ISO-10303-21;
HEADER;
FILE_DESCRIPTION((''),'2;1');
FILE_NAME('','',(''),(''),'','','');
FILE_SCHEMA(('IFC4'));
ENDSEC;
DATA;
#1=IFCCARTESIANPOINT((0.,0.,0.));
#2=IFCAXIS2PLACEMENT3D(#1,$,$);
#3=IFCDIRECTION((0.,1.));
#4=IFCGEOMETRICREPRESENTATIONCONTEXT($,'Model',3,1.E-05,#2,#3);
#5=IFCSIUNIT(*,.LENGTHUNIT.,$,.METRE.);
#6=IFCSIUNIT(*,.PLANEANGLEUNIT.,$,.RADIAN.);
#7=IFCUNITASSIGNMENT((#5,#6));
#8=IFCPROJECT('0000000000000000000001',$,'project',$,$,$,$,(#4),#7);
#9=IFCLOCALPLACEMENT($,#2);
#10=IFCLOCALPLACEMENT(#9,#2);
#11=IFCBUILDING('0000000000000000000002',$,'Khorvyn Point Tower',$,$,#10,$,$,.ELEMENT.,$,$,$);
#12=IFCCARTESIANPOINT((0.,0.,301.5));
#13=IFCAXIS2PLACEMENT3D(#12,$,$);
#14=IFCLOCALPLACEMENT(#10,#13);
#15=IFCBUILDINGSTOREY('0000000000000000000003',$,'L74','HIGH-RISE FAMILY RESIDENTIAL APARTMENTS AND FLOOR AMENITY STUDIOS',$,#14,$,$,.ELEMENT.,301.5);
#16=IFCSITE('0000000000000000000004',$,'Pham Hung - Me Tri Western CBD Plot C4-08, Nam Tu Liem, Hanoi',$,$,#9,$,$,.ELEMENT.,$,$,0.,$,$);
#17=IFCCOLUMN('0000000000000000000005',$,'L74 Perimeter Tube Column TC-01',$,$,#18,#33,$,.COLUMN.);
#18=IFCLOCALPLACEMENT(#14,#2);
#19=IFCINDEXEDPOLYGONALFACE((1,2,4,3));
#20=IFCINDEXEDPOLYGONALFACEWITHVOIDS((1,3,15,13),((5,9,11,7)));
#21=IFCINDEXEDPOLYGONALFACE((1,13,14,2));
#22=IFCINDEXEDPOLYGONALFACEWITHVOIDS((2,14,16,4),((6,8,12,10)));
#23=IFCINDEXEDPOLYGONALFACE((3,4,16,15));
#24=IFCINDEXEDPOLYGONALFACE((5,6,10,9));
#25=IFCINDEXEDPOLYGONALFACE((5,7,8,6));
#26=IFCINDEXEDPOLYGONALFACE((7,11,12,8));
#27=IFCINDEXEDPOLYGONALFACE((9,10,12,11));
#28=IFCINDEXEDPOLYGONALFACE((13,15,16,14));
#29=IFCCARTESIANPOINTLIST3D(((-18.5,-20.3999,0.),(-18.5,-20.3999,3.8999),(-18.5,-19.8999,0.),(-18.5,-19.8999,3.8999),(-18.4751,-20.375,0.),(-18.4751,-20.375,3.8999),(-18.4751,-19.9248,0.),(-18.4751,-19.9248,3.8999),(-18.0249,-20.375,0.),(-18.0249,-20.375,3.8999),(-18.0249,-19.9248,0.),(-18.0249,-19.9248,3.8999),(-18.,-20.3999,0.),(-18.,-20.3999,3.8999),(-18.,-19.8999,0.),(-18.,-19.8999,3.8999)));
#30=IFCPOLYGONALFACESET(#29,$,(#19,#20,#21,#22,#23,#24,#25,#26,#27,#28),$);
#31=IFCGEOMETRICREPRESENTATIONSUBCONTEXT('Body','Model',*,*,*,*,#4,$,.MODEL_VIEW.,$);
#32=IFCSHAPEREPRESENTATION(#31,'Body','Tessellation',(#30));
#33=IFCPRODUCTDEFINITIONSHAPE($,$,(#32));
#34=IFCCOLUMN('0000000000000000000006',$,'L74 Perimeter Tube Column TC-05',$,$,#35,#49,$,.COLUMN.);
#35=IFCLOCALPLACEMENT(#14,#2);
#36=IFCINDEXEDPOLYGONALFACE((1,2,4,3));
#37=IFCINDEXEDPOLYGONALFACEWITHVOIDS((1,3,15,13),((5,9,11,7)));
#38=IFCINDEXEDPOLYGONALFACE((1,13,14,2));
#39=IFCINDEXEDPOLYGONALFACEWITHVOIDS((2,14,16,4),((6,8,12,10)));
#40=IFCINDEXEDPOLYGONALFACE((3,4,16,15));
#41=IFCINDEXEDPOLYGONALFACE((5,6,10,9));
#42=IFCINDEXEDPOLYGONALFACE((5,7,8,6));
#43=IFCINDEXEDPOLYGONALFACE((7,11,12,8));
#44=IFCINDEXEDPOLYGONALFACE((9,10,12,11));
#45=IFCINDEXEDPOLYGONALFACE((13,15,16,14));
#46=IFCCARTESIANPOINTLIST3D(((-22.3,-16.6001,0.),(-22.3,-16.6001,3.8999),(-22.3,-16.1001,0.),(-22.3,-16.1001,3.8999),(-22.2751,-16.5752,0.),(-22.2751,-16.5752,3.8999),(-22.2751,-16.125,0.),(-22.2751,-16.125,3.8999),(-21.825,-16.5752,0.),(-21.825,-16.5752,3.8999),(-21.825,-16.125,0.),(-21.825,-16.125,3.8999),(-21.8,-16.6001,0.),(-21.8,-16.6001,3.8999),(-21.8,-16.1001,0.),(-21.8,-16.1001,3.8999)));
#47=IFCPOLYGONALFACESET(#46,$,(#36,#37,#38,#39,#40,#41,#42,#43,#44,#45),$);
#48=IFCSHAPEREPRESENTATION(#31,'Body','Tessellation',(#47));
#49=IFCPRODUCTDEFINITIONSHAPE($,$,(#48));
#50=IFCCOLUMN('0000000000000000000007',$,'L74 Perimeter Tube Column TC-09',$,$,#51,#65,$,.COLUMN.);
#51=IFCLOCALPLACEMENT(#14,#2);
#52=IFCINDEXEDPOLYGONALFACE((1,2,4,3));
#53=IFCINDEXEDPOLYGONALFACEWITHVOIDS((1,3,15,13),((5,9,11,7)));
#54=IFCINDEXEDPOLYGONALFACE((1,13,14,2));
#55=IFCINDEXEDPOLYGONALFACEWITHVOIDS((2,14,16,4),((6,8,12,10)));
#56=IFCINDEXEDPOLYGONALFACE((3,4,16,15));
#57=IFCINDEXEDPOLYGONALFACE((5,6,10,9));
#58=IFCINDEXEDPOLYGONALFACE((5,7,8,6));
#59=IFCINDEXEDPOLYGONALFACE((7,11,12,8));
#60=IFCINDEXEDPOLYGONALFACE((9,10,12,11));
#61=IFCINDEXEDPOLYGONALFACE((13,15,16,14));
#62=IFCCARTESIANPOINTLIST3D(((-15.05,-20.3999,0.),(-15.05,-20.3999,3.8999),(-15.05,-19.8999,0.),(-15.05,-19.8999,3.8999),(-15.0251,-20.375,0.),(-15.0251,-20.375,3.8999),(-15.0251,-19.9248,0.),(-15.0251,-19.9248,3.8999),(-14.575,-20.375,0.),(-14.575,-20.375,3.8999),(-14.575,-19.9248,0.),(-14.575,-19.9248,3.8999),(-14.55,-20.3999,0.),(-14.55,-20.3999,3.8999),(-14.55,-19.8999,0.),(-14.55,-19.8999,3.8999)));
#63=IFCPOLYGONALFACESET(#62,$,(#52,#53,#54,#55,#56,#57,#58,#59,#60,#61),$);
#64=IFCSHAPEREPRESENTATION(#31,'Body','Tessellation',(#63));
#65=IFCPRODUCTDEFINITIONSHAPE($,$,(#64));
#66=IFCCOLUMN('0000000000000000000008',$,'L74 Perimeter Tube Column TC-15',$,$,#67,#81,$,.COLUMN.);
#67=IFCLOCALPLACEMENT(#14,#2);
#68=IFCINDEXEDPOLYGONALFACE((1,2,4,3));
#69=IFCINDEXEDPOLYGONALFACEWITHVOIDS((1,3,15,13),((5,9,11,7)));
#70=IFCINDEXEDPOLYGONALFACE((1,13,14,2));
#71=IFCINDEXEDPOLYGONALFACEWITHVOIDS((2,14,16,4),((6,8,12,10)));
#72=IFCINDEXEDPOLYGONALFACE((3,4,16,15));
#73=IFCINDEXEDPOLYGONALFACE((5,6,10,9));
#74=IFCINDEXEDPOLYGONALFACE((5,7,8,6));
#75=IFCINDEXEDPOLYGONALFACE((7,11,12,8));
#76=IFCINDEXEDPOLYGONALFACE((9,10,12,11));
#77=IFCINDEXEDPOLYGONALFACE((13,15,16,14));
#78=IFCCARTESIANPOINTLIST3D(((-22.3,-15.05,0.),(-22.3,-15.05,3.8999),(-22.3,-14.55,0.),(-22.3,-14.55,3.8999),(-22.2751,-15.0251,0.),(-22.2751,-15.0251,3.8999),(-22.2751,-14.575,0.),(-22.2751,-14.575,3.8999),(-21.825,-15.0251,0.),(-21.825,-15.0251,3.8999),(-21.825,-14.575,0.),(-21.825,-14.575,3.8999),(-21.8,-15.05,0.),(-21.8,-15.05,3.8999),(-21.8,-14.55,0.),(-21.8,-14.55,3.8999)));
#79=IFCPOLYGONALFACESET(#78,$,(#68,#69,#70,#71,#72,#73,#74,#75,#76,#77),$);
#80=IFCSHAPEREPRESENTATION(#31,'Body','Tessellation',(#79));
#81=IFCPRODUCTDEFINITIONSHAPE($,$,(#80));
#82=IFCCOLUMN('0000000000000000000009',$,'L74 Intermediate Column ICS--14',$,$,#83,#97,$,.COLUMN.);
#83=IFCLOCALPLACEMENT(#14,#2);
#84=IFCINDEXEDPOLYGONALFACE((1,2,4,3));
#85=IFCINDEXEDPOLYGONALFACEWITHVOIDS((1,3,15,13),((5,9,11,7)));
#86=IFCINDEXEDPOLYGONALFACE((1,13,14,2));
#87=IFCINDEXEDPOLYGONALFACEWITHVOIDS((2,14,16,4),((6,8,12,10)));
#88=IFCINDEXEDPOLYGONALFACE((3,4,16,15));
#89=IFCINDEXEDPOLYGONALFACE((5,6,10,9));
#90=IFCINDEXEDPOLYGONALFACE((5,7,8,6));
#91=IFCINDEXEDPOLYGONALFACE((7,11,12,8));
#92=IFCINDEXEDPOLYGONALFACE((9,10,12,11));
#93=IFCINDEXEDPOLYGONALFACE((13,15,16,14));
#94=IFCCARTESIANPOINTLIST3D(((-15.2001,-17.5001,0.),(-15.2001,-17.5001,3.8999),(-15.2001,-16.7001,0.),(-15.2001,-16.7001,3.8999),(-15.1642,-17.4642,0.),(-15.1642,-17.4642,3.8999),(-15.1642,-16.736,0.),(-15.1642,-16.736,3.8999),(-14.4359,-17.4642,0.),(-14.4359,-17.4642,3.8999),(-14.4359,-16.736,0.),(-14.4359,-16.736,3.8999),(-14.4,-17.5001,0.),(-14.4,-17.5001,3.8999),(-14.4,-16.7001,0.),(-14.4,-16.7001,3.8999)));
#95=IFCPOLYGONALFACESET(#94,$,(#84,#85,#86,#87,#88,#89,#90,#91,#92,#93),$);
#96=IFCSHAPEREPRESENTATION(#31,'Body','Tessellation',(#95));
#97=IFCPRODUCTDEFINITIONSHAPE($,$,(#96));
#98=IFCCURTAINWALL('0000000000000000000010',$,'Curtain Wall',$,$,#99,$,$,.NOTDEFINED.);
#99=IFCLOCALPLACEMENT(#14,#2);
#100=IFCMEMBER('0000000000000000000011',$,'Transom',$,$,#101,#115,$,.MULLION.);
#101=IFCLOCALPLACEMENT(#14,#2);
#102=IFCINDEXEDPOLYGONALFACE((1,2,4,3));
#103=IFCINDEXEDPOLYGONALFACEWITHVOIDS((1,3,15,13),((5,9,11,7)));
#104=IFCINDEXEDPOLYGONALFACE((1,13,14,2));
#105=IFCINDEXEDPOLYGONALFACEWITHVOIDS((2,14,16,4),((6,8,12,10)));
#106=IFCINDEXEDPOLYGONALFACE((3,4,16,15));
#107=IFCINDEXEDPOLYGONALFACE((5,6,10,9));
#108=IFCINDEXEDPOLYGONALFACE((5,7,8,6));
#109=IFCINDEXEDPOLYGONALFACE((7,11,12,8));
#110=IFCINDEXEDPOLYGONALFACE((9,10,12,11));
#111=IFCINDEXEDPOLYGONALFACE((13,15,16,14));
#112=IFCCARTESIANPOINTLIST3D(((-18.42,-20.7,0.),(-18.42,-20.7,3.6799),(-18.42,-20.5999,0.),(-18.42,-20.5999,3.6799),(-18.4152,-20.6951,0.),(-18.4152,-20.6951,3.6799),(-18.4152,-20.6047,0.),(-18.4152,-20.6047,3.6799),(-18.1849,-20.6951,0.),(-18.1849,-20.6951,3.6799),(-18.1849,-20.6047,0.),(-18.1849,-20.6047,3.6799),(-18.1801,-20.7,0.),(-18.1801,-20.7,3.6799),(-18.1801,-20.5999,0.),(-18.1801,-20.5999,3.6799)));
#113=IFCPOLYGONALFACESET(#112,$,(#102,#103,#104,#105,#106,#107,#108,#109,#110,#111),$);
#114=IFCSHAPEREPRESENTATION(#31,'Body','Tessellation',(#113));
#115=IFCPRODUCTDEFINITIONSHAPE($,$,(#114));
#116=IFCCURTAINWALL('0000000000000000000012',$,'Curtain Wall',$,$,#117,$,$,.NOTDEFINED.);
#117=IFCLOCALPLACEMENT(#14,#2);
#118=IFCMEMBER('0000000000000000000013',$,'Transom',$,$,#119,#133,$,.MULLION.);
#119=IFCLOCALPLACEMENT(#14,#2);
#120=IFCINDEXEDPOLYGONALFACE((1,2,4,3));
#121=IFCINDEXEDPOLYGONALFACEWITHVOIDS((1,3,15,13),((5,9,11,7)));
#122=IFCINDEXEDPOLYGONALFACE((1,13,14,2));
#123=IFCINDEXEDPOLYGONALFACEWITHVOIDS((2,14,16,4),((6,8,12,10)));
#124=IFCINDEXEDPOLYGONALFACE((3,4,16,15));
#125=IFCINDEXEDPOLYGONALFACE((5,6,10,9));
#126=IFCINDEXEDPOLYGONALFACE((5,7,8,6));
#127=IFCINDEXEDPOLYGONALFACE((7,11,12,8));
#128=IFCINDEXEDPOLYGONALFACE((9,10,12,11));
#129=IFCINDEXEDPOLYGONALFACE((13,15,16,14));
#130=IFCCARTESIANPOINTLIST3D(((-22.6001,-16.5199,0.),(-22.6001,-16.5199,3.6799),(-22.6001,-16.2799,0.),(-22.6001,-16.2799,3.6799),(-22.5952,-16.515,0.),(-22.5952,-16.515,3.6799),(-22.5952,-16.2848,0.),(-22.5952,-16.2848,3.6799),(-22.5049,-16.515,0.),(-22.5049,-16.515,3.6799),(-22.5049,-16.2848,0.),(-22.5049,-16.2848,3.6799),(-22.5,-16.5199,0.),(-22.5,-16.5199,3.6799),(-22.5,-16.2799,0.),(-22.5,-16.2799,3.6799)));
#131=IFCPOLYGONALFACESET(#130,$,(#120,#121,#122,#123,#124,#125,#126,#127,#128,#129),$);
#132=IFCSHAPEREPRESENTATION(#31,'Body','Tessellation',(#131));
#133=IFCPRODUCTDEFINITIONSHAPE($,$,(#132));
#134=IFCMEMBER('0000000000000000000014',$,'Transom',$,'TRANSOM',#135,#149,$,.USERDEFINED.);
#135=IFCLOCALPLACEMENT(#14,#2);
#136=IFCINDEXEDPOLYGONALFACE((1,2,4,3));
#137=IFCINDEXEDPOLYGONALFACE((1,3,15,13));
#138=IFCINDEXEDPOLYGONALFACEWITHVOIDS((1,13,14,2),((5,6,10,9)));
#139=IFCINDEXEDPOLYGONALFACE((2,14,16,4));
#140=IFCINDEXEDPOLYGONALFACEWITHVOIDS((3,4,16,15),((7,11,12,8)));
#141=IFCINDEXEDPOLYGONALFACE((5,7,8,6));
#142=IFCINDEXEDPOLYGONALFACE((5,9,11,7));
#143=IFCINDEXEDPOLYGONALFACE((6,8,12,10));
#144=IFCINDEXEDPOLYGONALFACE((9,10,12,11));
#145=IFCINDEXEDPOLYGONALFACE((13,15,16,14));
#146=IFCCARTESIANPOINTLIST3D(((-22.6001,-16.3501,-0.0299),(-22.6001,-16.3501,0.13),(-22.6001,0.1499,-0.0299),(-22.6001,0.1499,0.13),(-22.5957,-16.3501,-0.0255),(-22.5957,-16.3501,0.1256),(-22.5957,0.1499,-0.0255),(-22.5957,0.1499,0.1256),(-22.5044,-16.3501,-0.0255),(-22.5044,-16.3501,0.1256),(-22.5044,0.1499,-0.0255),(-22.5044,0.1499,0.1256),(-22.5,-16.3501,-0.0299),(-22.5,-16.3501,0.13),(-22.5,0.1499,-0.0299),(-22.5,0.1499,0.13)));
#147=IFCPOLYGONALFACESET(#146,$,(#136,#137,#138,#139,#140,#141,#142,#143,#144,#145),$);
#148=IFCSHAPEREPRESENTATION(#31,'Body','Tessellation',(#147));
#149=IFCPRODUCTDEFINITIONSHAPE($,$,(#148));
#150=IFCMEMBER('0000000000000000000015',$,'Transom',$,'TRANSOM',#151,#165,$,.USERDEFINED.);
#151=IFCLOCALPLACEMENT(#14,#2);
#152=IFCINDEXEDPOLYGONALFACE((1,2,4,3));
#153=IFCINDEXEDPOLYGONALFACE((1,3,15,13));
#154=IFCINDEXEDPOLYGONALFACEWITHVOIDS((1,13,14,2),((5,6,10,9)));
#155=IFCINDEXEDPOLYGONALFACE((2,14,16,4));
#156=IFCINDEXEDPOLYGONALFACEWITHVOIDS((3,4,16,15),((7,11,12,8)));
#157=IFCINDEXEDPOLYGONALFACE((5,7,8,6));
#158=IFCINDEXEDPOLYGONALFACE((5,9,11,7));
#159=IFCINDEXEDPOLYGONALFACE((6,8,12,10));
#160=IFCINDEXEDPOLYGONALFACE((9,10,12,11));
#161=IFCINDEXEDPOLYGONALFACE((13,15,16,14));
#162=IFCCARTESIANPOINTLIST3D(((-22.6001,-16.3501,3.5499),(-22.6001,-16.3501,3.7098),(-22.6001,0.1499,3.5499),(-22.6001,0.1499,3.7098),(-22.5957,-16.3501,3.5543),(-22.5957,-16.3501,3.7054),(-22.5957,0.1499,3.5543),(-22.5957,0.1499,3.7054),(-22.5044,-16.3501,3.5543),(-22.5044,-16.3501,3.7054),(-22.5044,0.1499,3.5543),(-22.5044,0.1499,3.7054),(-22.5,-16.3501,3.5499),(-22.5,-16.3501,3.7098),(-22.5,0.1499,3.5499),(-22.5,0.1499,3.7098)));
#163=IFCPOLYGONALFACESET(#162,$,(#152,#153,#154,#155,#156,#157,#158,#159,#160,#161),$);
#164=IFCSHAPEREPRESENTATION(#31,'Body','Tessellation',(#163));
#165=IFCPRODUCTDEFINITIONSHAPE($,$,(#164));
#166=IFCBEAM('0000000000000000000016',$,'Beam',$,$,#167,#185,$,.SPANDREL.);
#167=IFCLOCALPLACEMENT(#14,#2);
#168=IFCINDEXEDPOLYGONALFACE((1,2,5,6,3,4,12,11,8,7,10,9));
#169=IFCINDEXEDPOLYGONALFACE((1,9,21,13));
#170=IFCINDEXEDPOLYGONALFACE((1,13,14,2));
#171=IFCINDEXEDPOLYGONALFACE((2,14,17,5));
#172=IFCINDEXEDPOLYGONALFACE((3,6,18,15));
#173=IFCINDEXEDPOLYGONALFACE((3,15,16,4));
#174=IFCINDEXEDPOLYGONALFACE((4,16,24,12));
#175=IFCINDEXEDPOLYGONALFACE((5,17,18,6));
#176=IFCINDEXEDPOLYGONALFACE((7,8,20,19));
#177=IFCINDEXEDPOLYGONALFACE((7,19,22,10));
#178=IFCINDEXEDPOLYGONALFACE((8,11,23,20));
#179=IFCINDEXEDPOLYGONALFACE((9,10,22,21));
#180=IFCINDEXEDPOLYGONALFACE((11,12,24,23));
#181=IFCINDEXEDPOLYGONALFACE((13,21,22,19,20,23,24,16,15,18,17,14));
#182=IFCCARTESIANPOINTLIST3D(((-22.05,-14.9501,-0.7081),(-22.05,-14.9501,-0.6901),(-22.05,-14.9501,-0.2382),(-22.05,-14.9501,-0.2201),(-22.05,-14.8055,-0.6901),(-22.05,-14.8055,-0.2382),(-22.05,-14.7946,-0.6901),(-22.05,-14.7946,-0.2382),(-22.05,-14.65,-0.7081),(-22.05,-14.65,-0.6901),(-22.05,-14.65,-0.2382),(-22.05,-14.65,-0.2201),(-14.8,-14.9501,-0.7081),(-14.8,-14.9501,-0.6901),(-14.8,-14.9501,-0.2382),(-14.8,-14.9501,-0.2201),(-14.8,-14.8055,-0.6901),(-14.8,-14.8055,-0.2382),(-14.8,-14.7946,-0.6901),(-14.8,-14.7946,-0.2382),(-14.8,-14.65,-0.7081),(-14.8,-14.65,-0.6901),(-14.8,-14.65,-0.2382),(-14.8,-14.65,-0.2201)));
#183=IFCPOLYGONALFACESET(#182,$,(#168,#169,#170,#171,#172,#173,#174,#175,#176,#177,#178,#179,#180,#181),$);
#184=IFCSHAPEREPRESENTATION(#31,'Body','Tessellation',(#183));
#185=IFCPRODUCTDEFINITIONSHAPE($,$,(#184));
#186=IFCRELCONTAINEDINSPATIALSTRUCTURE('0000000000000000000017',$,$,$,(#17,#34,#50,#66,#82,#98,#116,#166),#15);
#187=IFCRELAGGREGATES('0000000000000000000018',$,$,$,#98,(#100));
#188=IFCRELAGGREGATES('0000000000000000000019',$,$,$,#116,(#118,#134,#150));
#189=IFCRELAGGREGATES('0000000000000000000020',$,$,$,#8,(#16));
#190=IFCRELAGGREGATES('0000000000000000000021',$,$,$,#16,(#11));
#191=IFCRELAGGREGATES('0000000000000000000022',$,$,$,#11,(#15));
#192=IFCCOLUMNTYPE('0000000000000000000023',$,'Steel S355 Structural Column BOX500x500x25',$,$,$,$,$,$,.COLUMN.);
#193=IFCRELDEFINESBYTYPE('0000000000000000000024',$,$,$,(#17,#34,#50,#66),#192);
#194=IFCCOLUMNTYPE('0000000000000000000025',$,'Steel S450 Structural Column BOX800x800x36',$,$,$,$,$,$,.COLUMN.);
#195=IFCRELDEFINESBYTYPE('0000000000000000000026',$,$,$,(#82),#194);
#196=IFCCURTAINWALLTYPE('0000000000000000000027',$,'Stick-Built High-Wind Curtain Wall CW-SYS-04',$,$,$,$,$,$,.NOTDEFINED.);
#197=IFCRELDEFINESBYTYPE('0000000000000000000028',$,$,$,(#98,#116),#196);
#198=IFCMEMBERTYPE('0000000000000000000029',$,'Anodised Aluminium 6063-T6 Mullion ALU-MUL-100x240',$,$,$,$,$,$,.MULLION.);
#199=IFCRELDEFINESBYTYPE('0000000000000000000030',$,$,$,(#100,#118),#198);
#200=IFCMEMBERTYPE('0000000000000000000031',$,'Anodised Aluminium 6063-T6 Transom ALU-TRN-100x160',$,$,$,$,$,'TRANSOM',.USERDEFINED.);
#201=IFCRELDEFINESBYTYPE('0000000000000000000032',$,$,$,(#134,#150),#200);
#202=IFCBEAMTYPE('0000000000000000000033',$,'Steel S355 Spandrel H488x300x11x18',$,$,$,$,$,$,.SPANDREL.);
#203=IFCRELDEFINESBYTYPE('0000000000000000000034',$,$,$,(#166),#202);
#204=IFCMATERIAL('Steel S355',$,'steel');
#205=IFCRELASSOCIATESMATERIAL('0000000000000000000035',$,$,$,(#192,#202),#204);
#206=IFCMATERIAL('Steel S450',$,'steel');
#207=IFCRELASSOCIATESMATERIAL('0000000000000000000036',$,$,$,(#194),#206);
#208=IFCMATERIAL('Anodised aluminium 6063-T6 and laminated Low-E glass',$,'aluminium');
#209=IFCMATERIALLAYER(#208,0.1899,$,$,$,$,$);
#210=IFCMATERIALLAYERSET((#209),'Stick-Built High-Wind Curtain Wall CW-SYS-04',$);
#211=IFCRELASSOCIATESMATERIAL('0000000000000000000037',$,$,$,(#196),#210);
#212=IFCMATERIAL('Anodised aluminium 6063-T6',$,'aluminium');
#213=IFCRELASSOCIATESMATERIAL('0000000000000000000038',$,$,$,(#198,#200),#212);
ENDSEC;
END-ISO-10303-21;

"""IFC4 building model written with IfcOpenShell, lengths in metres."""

from ifc_helpers import new_model, si_unit, direction, frame, origin, origin_2d, place, context, subcontext, project, spatial, hollow_rectangle, i_section, extrude, material, layer, layer_set, material_profile, profile_set, type_object, element, aggregate, save


model = new_model("IFC4")

# Units and contexts
model_context = context("Model", 3, precision=1e-05, world=origin(), true_north=direction((0.0, 1.0)))
body_context = subcontext(model_context, "Body", "Model", "MODEL_VIEW")
ifc_project = project(units=[si_unit("LENGTHUNIT", "METRE"), si_unit("PLANEANGLEUNIT", "RADIAN")], contexts=[model_context])

# Site, building, storey
site_placement = place(None, origin())
site = spatial("IfcSite", under=ifc_project, at=site_placement, Name="Pham Hung - Me Tri Western CBD Plot C4-08, Nam Tu Liem, Hanoi", CompositionType="ELEMENT", RefElevation=0.0)
building_placement = place(site_placement, origin())
building = spatial("IfcBuilding", under=site, at=building_placement, Name="Khorvyn Point Tower", CompositionType="ELEMENT")
storey_placement = place(building_placement, frame((0.0, 0.0, 301.5)))
storey = spatial("IfcBuildingStorey", under=building, at=storey_placement, Name="L74", Description="HIGH-RISE FAMILY RESIDENTIAL APARTMENTS AND FLOOR AMENITY STUDIOS", CompositionType="ELEMENT", Elevation=301.5)

# Columns
ifc_material_1 = material(Name="Steel S355", Category="steel")
ifc_material_profile_1 = material_profile(ifc_material_1, hollow_rectangle(XDim=0.5, YDim=0.5, WallThickness=0.0249, at=origin_2d()))
ifc_profile_set_1 = profile_set([ifc_material_profile_1], Name="Steel S355 BOX500x500x25")
column_type_1 = type_object("IfcColumnType", Name="Steel S355 Structural Column BOX500x500x25", PredefinedType="COLUMN", material=ifc_profile_set_1)
for number, where, z_axis, x_axis, name in (
    (1, (-18.25, -20.1499, 0.0), (0.0, 0.0, 1.0), (1.0, 0.0, 0.0), "L74 Perimeter Tube Column TC-01"),
    (2, (-22.05, -16.3501, 0.0), (0.0, 0.0, 1.0), (1.0, 0.0, 0.0), "L74 Perimeter Tube Column TC-05"),
    (3, (-14.8, -20.1499, 0.0), (0.0, 0.0, 1.0), (1.0, 0.0, 0.0), "L74 Perimeter Tube Column TC-09"),
    (4, (-22.05, -14.8, 0.0), (0.0, 0.0, 1.0), (1.0, 0.0, 0.0), "L74 Perimeter Tube Column TC-15"),
):
    element("IfcColumn", number, at=place(storey_placement, frame(where, z_axis=z_axis, x_axis=x_axis)), inside=storey, type_object=column_type_1, Name=name, PredefinedType="COLUMN", context=body_context, shape_type="SweptSolid", body=[
        extrude(hollow_rectangle(XDim=0.5, YDim=0.5, WallThickness=0.0249, at=origin_2d()), origin(), (0.0, 0.0, 1.0), 3.8999),
    ])
ifc_material_2 = material(Name="Steel S450", Category="steel")
ifc_material_profile_2 = material_profile(ifc_material_2, hollow_rectangle(XDim=0.8, YDim=0.8, WallThickness=0.0359, at=origin_2d()))
ifc_profile_set_2 = profile_set([ifc_material_profile_2], Name="Steel S450 BOX800x800x36")
column_type_2 = type_object("IfcColumnType", Name="Steel S450 Structural Column BOX800x800x36", PredefinedType="COLUMN", material=ifc_profile_set_2)
column_placement = place(storey_placement, frame((-14.8, -17.1001, 0.0), z_axis=(0.0, 0.0, 1.0), x_axis=(1.0, 0.0, 0.0)))
element("IfcColumn", 5, at=column_placement, inside=storey, type_object=column_type_2, Name="L74 Intermediate Column ICS--14", PredefinedType="COLUMN", context=body_context, shape_type="SweptSolid", body=[
    extrude(hollow_rectangle(XDim=0.8, YDim=0.8, WallThickness=0.0359, at=origin_2d()), origin(), (0.0, 0.0, 1.0), 3.8999),
])

# Curtain wall, member
ifc_material_3 = material(Name="Anodised aluminium 6063-T6 and laminated Low-E glass", Category="aluminium")
ifc_layer_1 = layer(ifc_material_3, 0.1899)
ifc_layer_set_1 = layer_set([ifc_layer_1], Name="Stick-Built High-Wind Curtain Wall CW-SYS-04")
curtain_wall_type = type_object("IfcCurtainWallType", Name="Stick-Built High-Wind Curtain Wall CW-SYS-04", PredefinedType="NOTDEFINED", material=ifc_layer_set_1)
curtain_wall_1_placement = place(storey_placement, origin())
curtain_wall_1 = element("IfcCurtainWall", 6, at=curtain_wall_1_placement, inside=storey, type_object=curtain_wall_type, Name="Curtain Wall", PredefinedType="NOTDEFINED")
ifc_material_4 = material(Name="Anodised aluminium 6063-T6", Category="aluminium")
ifc_material_profile_3 = material_profile(ifc_material_4, hollow_rectangle(XDim=0.1001, YDim=0.24, WallThickness=0.0049, at=origin_2d()))
ifc_profile_set_3 = profile_set([ifc_material_profile_3], Name="Anodised aluminium 6063-T6 ALU-MUL-100x240")
member_type_1 = type_object("IfcMemberType", Name="Anodised Aluminium 6063-T6 Mullion ALU-MUL-100x240", PredefinedType="MULLION", material=ifc_profile_set_3)
member_1_placement = place(storey_placement, frame((-18.3, -20.6499, 0.0), z_axis=(0.0, 0.0, 1.0), x_axis=(0.0, -1.0, 0.0)))
member_1 = element("IfcMember", 7, at=member_1_placement, type_object=member_type_1, Name="Transom", PredefinedType="MULLION", context=body_context, shape_type="SweptSolid", body=[
    extrude(hollow_rectangle(XDim=0.1001, YDim=0.24, WallThickness=0.0049, at=origin_2d()), origin(), (0.0, 0.0, 1.0), 3.6799),
])
aggregate(curtain_wall_1, [member_1])

# Curtain wall, members
curtain_wall_2_placement = place(storey_placement, origin())
curtain_wall_2 = element("IfcCurtainWall", 8, at=curtain_wall_2_placement, inside=storey, type_object=curtain_wall_type, Name="Curtain Wall", PredefinedType="NOTDEFINED")
member_2_placement = place(storey_placement, frame((-22.55, -16.3999, 0.0), z_axis=(0.0, 0.0, 1.0), x_axis=(-1.0, 0.0, 0.0)))
member_2 = element("IfcMember", 9, at=member_2_placement, type_object=member_type_1, Name="Transom", PredefinedType="MULLION", context=body_context, shape_type="SweptSolid", body=[
    extrude(hollow_rectangle(XDim=0.1001, YDim=0.24, WallThickness=0.0049, at=origin_2d()), origin(), (0.0, 0.0, 1.0), 3.6799),
])
ifc_material_profile_4 = material_profile(ifc_material_4, hollow_rectangle(XDim=0.1001, YDim=0.1599, WallThickness=0.0044, at=origin_2d()))
ifc_profile_set_4 = profile_set([ifc_material_profile_4], Name="Anodised aluminium 6063-T6 ALU-TRN-100x160")
member_type_2 = type_object("IfcMemberType", Name="Anodised Aluminium 6063-T6 Transom ALU-TRN-100x160", ElementType="TRANSOM", PredefinedType="USERDEFINED", material=ifc_profile_set_4)
member_3_placement = place(storey_placement, frame((-22.55, -16.3501, 0.05), z_axis=(0.0, 1.0, 0.0), x_axis=(-1.0, 0.0, 0.0)))
member_3 = element("IfcMember", 10, at=member_3_placement, type_object=member_type_2, Name="Transom", ObjectType="TRANSOM", PredefinedType="USERDEFINED", context=body_context, shape_type="SweptSolid", body=[
    extrude(hollow_rectangle(XDim=0.1001, YDim=0.1599, WallThickness=0.0044, at=origin_2d()), origin(), (0.0, 0.0, 1.0), 16.5),
])
member_4_placement = place(storey_placement, frame((-22.55, -16.3501, 3.6299), z_axis=(0.0, 1.0, 0.0), x_axis=(-1.0, 0.0, 0.0)))
member_4 = element("IfcMember", 11, at=member_4_placement, type_object=member_type_2, Name="Transom", ObjectType="TRANSOM", PredefinedType="USERDEFINED", context=body_context, shape_type="SweptSolid", body=[
    extrude(hollow_rectangle(XDim=0.1001, YDim=0.1599, WallThickness=0.0044, at=origin_2d()), origin(), (0.0, 0.0, 1.0), 16.5),
])
aggregate(curtain_wall_2, [member_2, member_3, member_4])

# Beam
ifc_material_profile_5 = material_profile(ifc_material_1, i_section(OverallWidth=0.3, OverallDepth=0.488, WebThickness=0.011, FlangeThickness=0.0181, at=origin_2d()))
ifc_profile_set_5 = profile_set([ifc_material_profile_5], Name="Steel S355 H488x300x11x18")
beam_type_1 = type_object("IfcBeamType", Name="Steel S355 Spandrel H488x300x11x18", PredefinedType="SPANDREL", material=ifc_profile_set_5)
beam_1_placement = place(storey_placement, frame((-22.05, -14.8, -0.4641), z_axis=(1.0, 0.0, 0.0), x_axis=(0.0, 1.0, 0.0)))
element("IfcBeam", 12, at=beam_1_placement, inside=storey, type_object=beam_type_1, Name="Beam", PredefinedType="SPANDREL", context=body_context, shape_type="SweptSolid", body=[
    extrude(i_section(OverallWidth=0.3, OverallDepth=0.488, WebThickness=0.011, FlangeThickness=0.0181, at=origin_2d()), origin(), (0.0, 0.0, 1.0), 7.25),
])

save(model, "model.ifc")
